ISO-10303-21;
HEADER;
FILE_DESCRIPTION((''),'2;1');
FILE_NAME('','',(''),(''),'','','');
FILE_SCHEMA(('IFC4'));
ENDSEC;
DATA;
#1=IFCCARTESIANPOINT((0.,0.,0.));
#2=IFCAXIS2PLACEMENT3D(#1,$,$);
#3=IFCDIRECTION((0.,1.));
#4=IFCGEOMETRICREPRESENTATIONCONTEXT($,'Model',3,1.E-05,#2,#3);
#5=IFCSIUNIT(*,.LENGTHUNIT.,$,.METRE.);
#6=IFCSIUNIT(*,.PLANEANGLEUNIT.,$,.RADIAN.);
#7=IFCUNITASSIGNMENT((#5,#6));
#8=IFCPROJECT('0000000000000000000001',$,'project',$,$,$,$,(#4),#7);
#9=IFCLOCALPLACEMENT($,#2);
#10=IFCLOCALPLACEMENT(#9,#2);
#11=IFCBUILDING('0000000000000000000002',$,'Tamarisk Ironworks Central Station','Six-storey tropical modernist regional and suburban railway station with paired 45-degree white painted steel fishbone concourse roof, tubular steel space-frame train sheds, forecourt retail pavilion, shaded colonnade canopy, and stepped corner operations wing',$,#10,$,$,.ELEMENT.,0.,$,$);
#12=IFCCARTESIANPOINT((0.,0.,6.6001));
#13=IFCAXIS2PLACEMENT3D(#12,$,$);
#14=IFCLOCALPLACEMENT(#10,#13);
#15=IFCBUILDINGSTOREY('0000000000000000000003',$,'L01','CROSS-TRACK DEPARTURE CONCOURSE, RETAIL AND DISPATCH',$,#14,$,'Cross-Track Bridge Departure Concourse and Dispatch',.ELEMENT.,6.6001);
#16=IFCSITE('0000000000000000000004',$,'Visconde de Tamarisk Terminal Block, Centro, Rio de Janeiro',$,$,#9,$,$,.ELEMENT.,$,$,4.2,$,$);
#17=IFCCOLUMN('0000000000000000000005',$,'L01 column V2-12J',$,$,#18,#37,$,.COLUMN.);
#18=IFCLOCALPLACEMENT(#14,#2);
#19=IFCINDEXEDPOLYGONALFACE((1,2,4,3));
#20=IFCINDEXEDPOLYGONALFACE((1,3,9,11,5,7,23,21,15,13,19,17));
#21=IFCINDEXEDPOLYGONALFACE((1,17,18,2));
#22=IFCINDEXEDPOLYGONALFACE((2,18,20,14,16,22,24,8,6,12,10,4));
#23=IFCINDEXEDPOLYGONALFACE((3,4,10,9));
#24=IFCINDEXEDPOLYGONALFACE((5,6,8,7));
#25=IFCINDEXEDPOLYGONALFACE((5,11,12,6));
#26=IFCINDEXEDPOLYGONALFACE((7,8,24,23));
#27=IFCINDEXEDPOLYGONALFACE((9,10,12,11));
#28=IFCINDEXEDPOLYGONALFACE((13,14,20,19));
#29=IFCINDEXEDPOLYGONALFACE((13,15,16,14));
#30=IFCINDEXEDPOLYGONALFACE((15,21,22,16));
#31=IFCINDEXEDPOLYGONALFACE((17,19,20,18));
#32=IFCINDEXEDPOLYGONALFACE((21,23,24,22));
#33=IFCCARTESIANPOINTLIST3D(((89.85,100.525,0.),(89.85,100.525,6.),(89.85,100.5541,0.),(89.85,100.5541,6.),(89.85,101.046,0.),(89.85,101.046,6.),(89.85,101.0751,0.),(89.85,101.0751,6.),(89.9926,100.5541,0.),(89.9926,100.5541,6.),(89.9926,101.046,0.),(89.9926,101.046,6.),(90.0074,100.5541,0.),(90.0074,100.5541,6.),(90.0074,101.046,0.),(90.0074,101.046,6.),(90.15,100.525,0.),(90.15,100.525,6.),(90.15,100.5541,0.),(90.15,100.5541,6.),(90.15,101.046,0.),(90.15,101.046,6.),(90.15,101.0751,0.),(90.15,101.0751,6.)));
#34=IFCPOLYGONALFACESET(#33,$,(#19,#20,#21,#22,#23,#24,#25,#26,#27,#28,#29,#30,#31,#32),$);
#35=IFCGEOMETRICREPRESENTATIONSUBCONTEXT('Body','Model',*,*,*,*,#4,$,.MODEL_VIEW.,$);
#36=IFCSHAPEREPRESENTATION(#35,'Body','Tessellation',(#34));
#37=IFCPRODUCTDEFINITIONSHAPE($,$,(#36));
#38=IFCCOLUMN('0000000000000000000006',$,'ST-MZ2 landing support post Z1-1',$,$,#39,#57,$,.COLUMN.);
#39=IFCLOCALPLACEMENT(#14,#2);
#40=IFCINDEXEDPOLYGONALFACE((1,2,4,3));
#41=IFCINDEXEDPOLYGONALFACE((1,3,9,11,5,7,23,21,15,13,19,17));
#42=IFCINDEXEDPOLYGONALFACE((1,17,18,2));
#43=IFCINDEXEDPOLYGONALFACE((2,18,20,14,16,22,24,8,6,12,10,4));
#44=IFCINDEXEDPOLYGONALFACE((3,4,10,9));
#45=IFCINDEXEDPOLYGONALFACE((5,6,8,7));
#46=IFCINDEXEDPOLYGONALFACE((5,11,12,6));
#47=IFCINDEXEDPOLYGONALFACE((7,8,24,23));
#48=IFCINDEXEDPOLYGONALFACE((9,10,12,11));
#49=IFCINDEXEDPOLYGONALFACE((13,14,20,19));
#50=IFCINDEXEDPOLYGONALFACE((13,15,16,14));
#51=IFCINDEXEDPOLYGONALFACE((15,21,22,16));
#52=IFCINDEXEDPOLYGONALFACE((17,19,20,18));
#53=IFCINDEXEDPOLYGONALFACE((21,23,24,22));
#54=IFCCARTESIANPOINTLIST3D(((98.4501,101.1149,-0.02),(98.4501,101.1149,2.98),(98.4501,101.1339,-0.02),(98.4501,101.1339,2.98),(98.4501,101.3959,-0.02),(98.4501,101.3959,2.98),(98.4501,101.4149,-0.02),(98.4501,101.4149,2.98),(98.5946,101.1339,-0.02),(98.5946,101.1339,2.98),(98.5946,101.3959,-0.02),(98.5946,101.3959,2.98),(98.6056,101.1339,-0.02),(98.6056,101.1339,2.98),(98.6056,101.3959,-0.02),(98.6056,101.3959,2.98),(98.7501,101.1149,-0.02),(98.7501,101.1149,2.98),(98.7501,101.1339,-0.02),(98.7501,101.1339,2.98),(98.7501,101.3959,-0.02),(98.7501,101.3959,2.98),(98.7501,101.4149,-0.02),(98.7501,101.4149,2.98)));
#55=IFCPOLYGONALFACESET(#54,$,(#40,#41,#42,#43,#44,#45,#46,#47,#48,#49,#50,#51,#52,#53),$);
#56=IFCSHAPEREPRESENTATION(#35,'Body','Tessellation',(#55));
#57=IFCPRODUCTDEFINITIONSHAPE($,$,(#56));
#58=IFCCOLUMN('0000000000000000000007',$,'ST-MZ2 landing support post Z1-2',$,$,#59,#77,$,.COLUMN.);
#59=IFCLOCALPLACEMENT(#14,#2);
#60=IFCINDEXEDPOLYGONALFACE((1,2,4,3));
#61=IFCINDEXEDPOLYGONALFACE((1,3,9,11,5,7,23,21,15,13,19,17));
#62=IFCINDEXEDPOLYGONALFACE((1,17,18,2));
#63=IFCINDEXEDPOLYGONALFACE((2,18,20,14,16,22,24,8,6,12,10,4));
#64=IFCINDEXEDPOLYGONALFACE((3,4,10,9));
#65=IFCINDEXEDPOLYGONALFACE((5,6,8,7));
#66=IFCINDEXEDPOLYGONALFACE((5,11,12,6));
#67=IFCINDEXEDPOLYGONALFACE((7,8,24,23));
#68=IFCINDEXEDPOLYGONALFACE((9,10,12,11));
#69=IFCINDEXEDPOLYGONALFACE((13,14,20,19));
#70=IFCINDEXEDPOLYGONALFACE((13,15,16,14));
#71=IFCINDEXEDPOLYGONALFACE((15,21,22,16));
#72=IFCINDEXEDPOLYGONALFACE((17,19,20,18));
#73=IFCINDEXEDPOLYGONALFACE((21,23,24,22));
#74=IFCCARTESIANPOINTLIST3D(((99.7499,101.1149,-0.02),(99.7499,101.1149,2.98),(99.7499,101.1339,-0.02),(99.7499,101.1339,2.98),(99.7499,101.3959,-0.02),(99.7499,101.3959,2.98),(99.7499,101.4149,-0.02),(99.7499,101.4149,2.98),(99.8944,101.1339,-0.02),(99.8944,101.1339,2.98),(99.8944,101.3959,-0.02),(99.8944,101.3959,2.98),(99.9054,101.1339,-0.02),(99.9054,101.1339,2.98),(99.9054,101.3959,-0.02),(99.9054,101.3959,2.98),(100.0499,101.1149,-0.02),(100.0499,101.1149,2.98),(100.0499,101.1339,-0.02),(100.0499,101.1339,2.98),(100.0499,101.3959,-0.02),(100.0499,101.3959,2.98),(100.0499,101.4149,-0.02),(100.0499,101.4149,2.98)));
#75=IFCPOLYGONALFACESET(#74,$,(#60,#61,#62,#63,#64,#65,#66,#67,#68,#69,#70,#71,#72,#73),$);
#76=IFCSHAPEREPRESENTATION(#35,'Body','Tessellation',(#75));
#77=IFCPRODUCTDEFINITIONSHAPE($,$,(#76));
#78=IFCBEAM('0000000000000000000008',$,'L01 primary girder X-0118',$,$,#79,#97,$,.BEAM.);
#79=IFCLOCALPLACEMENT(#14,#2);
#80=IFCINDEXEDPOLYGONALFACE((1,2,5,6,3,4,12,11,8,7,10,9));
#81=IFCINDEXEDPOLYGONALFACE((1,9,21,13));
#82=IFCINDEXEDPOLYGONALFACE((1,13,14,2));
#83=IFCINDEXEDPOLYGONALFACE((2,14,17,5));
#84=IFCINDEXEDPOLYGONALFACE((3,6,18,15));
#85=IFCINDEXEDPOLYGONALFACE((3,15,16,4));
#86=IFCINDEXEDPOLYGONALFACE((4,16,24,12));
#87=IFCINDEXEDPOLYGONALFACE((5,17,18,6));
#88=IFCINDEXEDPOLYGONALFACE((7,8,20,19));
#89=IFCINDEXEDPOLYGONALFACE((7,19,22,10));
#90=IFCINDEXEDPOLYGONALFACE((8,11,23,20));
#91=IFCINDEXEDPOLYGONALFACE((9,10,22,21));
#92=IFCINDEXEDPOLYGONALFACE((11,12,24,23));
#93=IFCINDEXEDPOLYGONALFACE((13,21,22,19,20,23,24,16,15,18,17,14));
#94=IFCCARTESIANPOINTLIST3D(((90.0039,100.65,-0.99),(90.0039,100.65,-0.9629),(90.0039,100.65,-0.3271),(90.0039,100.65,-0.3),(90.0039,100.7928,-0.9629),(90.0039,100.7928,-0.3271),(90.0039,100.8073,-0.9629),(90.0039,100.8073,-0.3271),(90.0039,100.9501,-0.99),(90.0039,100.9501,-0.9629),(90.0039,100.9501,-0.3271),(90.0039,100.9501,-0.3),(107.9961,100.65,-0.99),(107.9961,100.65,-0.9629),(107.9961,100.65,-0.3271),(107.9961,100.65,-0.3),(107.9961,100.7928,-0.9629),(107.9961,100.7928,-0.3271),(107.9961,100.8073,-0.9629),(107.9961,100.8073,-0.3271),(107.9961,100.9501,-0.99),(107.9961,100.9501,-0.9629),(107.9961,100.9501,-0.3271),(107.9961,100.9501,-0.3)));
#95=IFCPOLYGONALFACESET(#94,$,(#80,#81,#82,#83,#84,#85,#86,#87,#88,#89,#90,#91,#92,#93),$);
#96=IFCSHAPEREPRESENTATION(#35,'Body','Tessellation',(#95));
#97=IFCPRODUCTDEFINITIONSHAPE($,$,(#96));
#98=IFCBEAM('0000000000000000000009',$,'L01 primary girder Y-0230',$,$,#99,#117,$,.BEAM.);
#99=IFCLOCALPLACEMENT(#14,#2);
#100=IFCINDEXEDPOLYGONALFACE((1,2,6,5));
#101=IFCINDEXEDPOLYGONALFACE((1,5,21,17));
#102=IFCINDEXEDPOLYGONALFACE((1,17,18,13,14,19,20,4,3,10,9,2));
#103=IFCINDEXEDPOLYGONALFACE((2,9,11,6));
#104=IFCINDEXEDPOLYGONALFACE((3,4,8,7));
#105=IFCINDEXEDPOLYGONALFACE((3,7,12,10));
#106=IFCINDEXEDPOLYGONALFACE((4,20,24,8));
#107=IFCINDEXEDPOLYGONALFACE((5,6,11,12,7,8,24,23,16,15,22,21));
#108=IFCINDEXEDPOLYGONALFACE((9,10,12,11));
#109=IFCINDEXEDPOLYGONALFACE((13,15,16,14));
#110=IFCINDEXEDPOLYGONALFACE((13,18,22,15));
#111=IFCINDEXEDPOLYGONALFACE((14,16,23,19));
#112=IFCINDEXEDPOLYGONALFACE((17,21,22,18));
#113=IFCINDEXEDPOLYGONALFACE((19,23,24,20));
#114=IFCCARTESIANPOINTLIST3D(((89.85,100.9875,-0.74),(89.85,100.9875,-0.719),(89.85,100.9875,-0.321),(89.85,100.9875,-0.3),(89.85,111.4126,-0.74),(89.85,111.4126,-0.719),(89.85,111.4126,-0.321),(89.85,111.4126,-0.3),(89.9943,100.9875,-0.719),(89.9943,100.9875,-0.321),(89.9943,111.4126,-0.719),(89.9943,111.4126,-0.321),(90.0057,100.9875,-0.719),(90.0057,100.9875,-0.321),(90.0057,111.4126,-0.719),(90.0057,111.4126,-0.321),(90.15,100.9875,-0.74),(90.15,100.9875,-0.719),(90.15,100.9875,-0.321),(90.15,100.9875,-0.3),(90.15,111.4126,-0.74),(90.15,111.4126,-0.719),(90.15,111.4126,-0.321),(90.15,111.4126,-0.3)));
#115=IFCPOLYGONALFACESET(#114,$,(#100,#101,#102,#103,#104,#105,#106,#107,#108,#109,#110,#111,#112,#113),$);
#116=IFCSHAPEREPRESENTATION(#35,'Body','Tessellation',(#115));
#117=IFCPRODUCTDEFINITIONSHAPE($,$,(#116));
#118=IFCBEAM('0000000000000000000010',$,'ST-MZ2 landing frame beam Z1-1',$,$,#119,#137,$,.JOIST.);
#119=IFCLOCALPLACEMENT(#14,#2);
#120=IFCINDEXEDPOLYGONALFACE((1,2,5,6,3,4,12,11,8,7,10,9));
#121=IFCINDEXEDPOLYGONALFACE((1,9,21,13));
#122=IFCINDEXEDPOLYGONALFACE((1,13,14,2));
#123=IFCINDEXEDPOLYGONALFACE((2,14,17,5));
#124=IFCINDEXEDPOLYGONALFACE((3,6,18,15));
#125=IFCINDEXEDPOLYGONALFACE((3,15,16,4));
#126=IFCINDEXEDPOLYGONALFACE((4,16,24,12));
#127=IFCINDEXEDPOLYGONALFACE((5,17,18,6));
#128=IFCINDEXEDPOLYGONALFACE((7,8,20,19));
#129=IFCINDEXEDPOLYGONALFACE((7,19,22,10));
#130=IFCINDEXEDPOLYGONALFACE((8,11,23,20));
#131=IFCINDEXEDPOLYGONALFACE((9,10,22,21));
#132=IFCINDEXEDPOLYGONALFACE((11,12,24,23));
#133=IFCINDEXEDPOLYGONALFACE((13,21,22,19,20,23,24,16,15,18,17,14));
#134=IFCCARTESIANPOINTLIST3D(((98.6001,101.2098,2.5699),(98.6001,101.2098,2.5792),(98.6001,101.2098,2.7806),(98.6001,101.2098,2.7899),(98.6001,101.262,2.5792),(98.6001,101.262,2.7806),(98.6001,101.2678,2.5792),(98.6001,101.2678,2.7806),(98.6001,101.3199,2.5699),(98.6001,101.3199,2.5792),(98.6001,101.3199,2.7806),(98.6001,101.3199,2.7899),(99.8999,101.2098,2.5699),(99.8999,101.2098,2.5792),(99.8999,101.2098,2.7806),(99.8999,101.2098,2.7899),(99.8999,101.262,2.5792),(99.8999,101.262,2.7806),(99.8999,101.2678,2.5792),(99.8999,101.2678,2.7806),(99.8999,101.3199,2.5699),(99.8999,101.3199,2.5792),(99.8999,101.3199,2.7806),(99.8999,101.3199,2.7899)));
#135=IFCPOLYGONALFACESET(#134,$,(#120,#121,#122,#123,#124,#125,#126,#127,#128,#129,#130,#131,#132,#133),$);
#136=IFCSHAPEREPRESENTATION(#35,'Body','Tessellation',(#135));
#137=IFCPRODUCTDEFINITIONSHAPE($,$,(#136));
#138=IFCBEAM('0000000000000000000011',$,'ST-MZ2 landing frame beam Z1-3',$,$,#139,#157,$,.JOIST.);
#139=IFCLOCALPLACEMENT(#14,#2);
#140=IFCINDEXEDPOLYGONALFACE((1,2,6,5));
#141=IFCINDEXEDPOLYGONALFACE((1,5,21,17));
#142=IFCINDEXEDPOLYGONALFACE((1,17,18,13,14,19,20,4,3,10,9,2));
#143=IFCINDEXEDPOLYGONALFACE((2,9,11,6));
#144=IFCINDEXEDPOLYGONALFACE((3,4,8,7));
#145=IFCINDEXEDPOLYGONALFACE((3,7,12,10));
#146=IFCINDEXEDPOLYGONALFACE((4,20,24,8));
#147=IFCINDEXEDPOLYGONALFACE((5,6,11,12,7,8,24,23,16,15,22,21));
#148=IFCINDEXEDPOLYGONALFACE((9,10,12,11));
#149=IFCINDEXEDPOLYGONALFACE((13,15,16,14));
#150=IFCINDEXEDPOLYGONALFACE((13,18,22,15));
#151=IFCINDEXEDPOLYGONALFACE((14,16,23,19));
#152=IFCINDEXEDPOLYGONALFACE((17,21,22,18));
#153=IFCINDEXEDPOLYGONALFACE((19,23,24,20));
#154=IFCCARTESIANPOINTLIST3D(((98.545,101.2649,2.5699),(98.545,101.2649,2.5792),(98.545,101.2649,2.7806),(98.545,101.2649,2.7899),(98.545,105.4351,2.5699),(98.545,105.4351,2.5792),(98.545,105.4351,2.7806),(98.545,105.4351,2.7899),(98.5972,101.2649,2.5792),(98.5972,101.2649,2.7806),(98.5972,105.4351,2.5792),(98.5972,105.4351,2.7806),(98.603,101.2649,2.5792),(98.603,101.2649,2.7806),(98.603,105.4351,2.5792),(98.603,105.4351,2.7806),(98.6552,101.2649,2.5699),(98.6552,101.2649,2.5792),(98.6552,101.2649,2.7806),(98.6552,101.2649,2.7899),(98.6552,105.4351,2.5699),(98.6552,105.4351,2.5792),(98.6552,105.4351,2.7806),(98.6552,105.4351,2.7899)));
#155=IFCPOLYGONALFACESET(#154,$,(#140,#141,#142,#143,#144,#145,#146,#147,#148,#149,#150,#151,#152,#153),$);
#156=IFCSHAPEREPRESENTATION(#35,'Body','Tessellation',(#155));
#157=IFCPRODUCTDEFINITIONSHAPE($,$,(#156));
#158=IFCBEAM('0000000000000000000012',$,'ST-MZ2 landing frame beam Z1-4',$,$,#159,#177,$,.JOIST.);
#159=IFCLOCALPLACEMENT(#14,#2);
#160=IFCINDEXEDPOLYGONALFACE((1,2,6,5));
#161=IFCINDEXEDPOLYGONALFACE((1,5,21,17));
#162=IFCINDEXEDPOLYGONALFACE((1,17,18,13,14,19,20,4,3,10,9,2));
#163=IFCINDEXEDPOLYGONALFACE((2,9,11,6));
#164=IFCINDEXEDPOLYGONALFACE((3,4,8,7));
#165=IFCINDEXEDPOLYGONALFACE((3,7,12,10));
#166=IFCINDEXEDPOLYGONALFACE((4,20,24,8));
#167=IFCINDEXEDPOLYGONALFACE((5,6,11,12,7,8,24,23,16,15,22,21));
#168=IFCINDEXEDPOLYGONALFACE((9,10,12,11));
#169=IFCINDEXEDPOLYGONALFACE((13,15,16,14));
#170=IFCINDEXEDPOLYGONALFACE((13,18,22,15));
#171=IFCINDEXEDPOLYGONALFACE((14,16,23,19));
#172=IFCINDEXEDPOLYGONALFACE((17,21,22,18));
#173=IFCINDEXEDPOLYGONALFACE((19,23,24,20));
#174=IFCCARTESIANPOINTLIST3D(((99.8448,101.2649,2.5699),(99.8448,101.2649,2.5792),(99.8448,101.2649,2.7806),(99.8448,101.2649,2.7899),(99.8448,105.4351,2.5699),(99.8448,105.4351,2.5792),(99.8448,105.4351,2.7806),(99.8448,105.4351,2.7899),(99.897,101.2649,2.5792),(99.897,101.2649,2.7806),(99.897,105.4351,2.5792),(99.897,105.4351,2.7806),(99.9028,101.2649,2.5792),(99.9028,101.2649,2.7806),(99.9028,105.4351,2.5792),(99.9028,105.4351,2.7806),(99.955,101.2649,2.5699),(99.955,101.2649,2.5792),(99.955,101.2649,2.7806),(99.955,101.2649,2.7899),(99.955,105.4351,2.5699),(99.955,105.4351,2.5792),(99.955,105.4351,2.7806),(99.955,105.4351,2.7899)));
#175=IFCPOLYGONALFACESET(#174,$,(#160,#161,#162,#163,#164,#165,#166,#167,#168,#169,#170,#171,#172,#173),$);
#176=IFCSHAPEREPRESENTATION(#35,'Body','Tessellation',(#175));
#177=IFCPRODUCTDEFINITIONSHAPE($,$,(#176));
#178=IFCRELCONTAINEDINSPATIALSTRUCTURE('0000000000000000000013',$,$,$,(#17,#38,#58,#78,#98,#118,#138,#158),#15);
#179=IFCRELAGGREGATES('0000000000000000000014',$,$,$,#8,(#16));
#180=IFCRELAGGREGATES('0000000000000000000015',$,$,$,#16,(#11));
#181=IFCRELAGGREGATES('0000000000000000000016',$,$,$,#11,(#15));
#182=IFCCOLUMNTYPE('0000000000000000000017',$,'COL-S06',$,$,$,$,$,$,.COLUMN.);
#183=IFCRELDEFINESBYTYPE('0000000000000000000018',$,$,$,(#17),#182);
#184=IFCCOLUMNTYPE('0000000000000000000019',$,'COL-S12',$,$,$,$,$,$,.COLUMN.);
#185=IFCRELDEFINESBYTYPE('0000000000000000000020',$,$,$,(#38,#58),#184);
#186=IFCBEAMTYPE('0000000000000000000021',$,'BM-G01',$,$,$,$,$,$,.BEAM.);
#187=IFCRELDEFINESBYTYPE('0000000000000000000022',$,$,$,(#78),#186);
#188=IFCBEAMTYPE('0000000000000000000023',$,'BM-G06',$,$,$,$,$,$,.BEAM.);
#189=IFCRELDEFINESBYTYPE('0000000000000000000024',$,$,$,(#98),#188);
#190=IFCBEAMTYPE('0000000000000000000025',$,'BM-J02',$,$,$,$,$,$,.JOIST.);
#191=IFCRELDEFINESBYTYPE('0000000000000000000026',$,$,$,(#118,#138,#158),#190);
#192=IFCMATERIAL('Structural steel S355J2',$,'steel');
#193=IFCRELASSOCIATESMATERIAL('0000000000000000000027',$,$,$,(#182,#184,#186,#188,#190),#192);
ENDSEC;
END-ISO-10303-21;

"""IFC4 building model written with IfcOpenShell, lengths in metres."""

from ifc_helpers import new_model, si_unit, direction, frame, origin, origin_2d, place, context, subcontext, project, spatial, i_section, extrude, material, material_profile, profile_set, type_object, element, save


model = new_model("IFC4")

# Units and contexts
model_context = context("Model", 3, precision=1e-05, world=origin(), true_north=direction((0.0, 1.0)))
body_context = subcontext(model_context, "Body", "Model", "MODEL_VIEW")
ifc_project = project(units=[si_unit("LENGTHUNIT", "METRE"), si_unit("PLANEANGLEUNIT", "RADIAN")], contexts=[model_context])

# Site, building, storey
site_placement = place(None, origin())
site = spatial("IfcSite", under=ifc_project, at=site_placement, Name="Visconde de Tamarisk Terminal Block, Centro, Rio de Janeiro", CompositionType="ELEMENT", RefElevation=4.2)
building_placement = place(site_placement, origin())
building = spatial("IfcBuilding", under=site, at=building_placement, Name="Tamarisk Ironworks Central Station", Description="Six-storey tropical modernist regional and suburban railway station with paired 45-degree white painted steel fishbone concourse roof, tubular steel space-frame train sheds, forecourt retail pavilion, shaded colonnade canopy, and stepped corner operations wing", CompositionType="ELEMENT", ElevationOfRefHeight=0.0)
storey_placement = place(building_placement, frame((0.0, 0.0, 6.6001)))
storey = spatial("IfcBuildingStorey", under=building, at=storey_placement, Name="L01", Description="CROSS-TRACK DEPARTURE CONCOURSE, RETAIL AND DISPATCH", LongName="Cross-Track Bridge Departure Concourse and Dispatch", CompositionType="ELEMENT", Elevation=6.6001)

# Columns
ifc_material_1 = material(Name="Structural steel S355J2", Category="steel")
ifc_material_profile_1 = material_profile(ifc_material_1, i_section(OverallWidth=0.3, OverallDepth=0.55, WebThickness=0.0149, FlangeThickness=0.0291, at=origin_2d()), Name="HEB 550")
ifc_profile_set_1 = profile_set([ifc_material_profile_1], Name="Structural steel S355J2")
column_type_1 = type_object("IfcColumnType", Name="COL-S06", PredefinedType="COLUMN", material=ifc_profile_set_1)
column_placement = place(storey_placement, frame((90.0, 100.8, 0.0), z_axis=(0.0, 0.0, 1.0), x_axis=(1.0, 0.0, 0.0)))
element("IfcColumn", 1, at=column_placement, inside=storey, type_object=column_type_1, Name="L01 column V2-12J", PredefinedType="COLUMN", context=body_context, shape_type="SweptSolid", body=[
    extrude(i_section(OverallWidth=0.3, OverallDepth=0.55, WebThickness=0.0149, FlangeThickness=0.0291, at=origin_2d()), origin(), (0.0, 0.0, 1.0), 6.0),
])
ifc_material_profile_2 = material_profile(ifc_material_1, i_section(OverallWidth=0.3, OverallDepth=0.3, WebThickness=0.011, FlangeThickness=0.019, at=origin_2d()), Name="HEB 300")
ifc_profile_set_2 = profile_set([ifc_material_profile_2], Name="Structural steel S355J2")
column_type_2 = type_object("IfcColumnType", Name="COL-S12", PredefinedType="COLUMN", material=ifc_profile_set_2)
for number, where, z_axis, x_axis, name in (
    (2, (98.6001, 101.2649, -0.02), (0.0, 0.0, 1.0), (1.0, 0.0, 0.0), "ST-MZ2 landing support post Z1-1"),
    (3, (99.8999, 101.2649, -0.02), (0.0, 0.0, 1.0), (1.0, 0.0, 0.0), "ST-MZ2 landing support post Z1-2"),
):
    element("IfcColumn", number, at=place(storey_placement, frame(where, z_axis=z_axis, x_axis=x_axis)), inside=storey, type_object=column_type_2, Name=name, PredefinedType="COLUMN", context=body_context, shape_type="SweptSolid", body=[
        extrude(i_section(OverallWidth=0.3, OverallDepth=0.3, WebThickness=0.011, FlangeThickness=0.019, at=origin_2d()), origin(), (0.0, 0.0, 1.0), 3.0),
    ])

# Beams
ifc_material_profile_3 = material_profile(ifc_material_1, i_section(OverallWidth=0.3, OverallDepth=0.6899, WebThickness=0.0144, FlangeThickness=0.0271, at=origin_2d()), Name="HEA 700")
ifc_profile_set_3 = profile_set([ifc_material_profile_3], Name="Structural steel S355J2")
beam_type_1 = type_object("IfcBeamType", Name="BM-G01", PredefinedType="BEAM", material=ifc_profile_set_3)
beam_1_placement = place(storey_placement, frame((90.0039, 100.8, -0.645), z_axis=(1.0, 0.0, 0.0), x_axis=(0.0, 1.0, 0.0)))
element("IfcBeam", 4, at=beam_1_placement, inside=storey, type_object=beam_type_1, Name="L01 primary girder X-0118", PredefinedType="BEAM", context=body_context, shape_type="SweptSolid", body=[
    extrude(i_section(OverallWidth=0.3, OverallDepth=0.6899, WebThickness=0.0144, FlangeThickness=0.0271, at=origin_2d()), origin(), (0.0, 0.0, 1.0), 17.9922),
])
ifc_material_profile_4 = material_profile(ifc_material_1, i_section(OverallWidth=0.3, OverallDepth=0.4399, WebThickness=0.0115, FlangeThickness=0.021, at=origin_2d()), Name="HEA 450")
ifc_profile_set_4 = profile_set([ifc_material_profile_4], Name="Structural steel S355J2")
beam_type_2 = type_object("IfcBeamType", Name="BM-G06", PredefinedType="BEAM", material=ifc_profile_set_4)
beam_2_placement = place(storey_placement, frame((90.0, 100.9875, -0.52), z_axis=(0.0, 1.0, 0.0), x_axis=(-1.0, 0.0, 0.0)))
element("IfcBeam", 5, at=beam_2_placement, inside=storey, type_object=beam_type_2, Name="L01 primary girder Y-0230", PredefinedType="BEAM", context=body_context, shape_type="SweptSolid", body=[
    extrude(i_section(OverallWidth=0.3, OverallDepth=0.4399, WebThickness=0.0115, FlangeThickness=0.021, at=origin_2d()), origin(), (0.0, 0.0, 1.0), 10.425),
])
ifc_material_profile_5 = material_profile(ifc_material_1, i_section(OverallWidth=0.1101, OverallDepth=0.22, WebThickness=0.0059, FlangeThickness=0.0093, at=origin_2d()), Name="IPE 220")
ifc_profile_set_5 = profile_set([ifc_material_profile_5], Name="Structural steel S355J2")
beam_type_3 = type_object("IfcBeamType", Name="BM-J02", PredefinedType="JOIST", material=ifc_profile_set_5)
beam_3_placement = place(storey_placement, frame((98.6001, 101.2649, 2.6799), z_axis=(1.0, 0.0, 0.0), x_axis=(0.0, 1.0, 0.0)))
element("IfcBeam", 6, at=beam_3_placement, inside=storey, type_object=beam_type_3, Name="ST-MZ2 landing frame beam Z1-1", PredefinedType="JOIST", context=body_context, shape_type="SweptSolid", body=[
    extrude(i_section(OverallWidth=0.1101, OverallDepth=0.22, WebThickness=0.0059, FlangeThickness=0.0093, at=origin_2d()), origin(), (0.0, 0.0, 1.0), 1.2998),
])
for number, where, z_axis, x_axis, name in (
    (7, (98.6001, 101.2649, 2.6799), (0.0, 1.0, 0.0), (-1.0, 0.0, 0.0), "ST-MZ2 landing frame beam Z1-3"),
    (8, (99.8999, 101.2649, 2.6799), (0.0, 1.0, 0.0), (-1.0, 0.0, 0.0), "ST-MZ2 landing frame beam Z1-4"),
):
    element("IfcBeam", number, at=place(storey_placement, frame(where, z_axis=z_axis, x_axis=x_axis)), inside=storey, type_object=beam_type_3, Name=name, PredefinedType="JOIST", context=body_context, shape_type="SweptSolid", body=[
        extrude(i_section(OverallWidth=0.1101, OverallDepth=0.22, WebThickness=0.0059, FlangeThickness=0.0093, at=origin_2d()), origin(), (0.0, 0.0, 1.0), 4.1702),
    ])

save(model, "model.ifc")
